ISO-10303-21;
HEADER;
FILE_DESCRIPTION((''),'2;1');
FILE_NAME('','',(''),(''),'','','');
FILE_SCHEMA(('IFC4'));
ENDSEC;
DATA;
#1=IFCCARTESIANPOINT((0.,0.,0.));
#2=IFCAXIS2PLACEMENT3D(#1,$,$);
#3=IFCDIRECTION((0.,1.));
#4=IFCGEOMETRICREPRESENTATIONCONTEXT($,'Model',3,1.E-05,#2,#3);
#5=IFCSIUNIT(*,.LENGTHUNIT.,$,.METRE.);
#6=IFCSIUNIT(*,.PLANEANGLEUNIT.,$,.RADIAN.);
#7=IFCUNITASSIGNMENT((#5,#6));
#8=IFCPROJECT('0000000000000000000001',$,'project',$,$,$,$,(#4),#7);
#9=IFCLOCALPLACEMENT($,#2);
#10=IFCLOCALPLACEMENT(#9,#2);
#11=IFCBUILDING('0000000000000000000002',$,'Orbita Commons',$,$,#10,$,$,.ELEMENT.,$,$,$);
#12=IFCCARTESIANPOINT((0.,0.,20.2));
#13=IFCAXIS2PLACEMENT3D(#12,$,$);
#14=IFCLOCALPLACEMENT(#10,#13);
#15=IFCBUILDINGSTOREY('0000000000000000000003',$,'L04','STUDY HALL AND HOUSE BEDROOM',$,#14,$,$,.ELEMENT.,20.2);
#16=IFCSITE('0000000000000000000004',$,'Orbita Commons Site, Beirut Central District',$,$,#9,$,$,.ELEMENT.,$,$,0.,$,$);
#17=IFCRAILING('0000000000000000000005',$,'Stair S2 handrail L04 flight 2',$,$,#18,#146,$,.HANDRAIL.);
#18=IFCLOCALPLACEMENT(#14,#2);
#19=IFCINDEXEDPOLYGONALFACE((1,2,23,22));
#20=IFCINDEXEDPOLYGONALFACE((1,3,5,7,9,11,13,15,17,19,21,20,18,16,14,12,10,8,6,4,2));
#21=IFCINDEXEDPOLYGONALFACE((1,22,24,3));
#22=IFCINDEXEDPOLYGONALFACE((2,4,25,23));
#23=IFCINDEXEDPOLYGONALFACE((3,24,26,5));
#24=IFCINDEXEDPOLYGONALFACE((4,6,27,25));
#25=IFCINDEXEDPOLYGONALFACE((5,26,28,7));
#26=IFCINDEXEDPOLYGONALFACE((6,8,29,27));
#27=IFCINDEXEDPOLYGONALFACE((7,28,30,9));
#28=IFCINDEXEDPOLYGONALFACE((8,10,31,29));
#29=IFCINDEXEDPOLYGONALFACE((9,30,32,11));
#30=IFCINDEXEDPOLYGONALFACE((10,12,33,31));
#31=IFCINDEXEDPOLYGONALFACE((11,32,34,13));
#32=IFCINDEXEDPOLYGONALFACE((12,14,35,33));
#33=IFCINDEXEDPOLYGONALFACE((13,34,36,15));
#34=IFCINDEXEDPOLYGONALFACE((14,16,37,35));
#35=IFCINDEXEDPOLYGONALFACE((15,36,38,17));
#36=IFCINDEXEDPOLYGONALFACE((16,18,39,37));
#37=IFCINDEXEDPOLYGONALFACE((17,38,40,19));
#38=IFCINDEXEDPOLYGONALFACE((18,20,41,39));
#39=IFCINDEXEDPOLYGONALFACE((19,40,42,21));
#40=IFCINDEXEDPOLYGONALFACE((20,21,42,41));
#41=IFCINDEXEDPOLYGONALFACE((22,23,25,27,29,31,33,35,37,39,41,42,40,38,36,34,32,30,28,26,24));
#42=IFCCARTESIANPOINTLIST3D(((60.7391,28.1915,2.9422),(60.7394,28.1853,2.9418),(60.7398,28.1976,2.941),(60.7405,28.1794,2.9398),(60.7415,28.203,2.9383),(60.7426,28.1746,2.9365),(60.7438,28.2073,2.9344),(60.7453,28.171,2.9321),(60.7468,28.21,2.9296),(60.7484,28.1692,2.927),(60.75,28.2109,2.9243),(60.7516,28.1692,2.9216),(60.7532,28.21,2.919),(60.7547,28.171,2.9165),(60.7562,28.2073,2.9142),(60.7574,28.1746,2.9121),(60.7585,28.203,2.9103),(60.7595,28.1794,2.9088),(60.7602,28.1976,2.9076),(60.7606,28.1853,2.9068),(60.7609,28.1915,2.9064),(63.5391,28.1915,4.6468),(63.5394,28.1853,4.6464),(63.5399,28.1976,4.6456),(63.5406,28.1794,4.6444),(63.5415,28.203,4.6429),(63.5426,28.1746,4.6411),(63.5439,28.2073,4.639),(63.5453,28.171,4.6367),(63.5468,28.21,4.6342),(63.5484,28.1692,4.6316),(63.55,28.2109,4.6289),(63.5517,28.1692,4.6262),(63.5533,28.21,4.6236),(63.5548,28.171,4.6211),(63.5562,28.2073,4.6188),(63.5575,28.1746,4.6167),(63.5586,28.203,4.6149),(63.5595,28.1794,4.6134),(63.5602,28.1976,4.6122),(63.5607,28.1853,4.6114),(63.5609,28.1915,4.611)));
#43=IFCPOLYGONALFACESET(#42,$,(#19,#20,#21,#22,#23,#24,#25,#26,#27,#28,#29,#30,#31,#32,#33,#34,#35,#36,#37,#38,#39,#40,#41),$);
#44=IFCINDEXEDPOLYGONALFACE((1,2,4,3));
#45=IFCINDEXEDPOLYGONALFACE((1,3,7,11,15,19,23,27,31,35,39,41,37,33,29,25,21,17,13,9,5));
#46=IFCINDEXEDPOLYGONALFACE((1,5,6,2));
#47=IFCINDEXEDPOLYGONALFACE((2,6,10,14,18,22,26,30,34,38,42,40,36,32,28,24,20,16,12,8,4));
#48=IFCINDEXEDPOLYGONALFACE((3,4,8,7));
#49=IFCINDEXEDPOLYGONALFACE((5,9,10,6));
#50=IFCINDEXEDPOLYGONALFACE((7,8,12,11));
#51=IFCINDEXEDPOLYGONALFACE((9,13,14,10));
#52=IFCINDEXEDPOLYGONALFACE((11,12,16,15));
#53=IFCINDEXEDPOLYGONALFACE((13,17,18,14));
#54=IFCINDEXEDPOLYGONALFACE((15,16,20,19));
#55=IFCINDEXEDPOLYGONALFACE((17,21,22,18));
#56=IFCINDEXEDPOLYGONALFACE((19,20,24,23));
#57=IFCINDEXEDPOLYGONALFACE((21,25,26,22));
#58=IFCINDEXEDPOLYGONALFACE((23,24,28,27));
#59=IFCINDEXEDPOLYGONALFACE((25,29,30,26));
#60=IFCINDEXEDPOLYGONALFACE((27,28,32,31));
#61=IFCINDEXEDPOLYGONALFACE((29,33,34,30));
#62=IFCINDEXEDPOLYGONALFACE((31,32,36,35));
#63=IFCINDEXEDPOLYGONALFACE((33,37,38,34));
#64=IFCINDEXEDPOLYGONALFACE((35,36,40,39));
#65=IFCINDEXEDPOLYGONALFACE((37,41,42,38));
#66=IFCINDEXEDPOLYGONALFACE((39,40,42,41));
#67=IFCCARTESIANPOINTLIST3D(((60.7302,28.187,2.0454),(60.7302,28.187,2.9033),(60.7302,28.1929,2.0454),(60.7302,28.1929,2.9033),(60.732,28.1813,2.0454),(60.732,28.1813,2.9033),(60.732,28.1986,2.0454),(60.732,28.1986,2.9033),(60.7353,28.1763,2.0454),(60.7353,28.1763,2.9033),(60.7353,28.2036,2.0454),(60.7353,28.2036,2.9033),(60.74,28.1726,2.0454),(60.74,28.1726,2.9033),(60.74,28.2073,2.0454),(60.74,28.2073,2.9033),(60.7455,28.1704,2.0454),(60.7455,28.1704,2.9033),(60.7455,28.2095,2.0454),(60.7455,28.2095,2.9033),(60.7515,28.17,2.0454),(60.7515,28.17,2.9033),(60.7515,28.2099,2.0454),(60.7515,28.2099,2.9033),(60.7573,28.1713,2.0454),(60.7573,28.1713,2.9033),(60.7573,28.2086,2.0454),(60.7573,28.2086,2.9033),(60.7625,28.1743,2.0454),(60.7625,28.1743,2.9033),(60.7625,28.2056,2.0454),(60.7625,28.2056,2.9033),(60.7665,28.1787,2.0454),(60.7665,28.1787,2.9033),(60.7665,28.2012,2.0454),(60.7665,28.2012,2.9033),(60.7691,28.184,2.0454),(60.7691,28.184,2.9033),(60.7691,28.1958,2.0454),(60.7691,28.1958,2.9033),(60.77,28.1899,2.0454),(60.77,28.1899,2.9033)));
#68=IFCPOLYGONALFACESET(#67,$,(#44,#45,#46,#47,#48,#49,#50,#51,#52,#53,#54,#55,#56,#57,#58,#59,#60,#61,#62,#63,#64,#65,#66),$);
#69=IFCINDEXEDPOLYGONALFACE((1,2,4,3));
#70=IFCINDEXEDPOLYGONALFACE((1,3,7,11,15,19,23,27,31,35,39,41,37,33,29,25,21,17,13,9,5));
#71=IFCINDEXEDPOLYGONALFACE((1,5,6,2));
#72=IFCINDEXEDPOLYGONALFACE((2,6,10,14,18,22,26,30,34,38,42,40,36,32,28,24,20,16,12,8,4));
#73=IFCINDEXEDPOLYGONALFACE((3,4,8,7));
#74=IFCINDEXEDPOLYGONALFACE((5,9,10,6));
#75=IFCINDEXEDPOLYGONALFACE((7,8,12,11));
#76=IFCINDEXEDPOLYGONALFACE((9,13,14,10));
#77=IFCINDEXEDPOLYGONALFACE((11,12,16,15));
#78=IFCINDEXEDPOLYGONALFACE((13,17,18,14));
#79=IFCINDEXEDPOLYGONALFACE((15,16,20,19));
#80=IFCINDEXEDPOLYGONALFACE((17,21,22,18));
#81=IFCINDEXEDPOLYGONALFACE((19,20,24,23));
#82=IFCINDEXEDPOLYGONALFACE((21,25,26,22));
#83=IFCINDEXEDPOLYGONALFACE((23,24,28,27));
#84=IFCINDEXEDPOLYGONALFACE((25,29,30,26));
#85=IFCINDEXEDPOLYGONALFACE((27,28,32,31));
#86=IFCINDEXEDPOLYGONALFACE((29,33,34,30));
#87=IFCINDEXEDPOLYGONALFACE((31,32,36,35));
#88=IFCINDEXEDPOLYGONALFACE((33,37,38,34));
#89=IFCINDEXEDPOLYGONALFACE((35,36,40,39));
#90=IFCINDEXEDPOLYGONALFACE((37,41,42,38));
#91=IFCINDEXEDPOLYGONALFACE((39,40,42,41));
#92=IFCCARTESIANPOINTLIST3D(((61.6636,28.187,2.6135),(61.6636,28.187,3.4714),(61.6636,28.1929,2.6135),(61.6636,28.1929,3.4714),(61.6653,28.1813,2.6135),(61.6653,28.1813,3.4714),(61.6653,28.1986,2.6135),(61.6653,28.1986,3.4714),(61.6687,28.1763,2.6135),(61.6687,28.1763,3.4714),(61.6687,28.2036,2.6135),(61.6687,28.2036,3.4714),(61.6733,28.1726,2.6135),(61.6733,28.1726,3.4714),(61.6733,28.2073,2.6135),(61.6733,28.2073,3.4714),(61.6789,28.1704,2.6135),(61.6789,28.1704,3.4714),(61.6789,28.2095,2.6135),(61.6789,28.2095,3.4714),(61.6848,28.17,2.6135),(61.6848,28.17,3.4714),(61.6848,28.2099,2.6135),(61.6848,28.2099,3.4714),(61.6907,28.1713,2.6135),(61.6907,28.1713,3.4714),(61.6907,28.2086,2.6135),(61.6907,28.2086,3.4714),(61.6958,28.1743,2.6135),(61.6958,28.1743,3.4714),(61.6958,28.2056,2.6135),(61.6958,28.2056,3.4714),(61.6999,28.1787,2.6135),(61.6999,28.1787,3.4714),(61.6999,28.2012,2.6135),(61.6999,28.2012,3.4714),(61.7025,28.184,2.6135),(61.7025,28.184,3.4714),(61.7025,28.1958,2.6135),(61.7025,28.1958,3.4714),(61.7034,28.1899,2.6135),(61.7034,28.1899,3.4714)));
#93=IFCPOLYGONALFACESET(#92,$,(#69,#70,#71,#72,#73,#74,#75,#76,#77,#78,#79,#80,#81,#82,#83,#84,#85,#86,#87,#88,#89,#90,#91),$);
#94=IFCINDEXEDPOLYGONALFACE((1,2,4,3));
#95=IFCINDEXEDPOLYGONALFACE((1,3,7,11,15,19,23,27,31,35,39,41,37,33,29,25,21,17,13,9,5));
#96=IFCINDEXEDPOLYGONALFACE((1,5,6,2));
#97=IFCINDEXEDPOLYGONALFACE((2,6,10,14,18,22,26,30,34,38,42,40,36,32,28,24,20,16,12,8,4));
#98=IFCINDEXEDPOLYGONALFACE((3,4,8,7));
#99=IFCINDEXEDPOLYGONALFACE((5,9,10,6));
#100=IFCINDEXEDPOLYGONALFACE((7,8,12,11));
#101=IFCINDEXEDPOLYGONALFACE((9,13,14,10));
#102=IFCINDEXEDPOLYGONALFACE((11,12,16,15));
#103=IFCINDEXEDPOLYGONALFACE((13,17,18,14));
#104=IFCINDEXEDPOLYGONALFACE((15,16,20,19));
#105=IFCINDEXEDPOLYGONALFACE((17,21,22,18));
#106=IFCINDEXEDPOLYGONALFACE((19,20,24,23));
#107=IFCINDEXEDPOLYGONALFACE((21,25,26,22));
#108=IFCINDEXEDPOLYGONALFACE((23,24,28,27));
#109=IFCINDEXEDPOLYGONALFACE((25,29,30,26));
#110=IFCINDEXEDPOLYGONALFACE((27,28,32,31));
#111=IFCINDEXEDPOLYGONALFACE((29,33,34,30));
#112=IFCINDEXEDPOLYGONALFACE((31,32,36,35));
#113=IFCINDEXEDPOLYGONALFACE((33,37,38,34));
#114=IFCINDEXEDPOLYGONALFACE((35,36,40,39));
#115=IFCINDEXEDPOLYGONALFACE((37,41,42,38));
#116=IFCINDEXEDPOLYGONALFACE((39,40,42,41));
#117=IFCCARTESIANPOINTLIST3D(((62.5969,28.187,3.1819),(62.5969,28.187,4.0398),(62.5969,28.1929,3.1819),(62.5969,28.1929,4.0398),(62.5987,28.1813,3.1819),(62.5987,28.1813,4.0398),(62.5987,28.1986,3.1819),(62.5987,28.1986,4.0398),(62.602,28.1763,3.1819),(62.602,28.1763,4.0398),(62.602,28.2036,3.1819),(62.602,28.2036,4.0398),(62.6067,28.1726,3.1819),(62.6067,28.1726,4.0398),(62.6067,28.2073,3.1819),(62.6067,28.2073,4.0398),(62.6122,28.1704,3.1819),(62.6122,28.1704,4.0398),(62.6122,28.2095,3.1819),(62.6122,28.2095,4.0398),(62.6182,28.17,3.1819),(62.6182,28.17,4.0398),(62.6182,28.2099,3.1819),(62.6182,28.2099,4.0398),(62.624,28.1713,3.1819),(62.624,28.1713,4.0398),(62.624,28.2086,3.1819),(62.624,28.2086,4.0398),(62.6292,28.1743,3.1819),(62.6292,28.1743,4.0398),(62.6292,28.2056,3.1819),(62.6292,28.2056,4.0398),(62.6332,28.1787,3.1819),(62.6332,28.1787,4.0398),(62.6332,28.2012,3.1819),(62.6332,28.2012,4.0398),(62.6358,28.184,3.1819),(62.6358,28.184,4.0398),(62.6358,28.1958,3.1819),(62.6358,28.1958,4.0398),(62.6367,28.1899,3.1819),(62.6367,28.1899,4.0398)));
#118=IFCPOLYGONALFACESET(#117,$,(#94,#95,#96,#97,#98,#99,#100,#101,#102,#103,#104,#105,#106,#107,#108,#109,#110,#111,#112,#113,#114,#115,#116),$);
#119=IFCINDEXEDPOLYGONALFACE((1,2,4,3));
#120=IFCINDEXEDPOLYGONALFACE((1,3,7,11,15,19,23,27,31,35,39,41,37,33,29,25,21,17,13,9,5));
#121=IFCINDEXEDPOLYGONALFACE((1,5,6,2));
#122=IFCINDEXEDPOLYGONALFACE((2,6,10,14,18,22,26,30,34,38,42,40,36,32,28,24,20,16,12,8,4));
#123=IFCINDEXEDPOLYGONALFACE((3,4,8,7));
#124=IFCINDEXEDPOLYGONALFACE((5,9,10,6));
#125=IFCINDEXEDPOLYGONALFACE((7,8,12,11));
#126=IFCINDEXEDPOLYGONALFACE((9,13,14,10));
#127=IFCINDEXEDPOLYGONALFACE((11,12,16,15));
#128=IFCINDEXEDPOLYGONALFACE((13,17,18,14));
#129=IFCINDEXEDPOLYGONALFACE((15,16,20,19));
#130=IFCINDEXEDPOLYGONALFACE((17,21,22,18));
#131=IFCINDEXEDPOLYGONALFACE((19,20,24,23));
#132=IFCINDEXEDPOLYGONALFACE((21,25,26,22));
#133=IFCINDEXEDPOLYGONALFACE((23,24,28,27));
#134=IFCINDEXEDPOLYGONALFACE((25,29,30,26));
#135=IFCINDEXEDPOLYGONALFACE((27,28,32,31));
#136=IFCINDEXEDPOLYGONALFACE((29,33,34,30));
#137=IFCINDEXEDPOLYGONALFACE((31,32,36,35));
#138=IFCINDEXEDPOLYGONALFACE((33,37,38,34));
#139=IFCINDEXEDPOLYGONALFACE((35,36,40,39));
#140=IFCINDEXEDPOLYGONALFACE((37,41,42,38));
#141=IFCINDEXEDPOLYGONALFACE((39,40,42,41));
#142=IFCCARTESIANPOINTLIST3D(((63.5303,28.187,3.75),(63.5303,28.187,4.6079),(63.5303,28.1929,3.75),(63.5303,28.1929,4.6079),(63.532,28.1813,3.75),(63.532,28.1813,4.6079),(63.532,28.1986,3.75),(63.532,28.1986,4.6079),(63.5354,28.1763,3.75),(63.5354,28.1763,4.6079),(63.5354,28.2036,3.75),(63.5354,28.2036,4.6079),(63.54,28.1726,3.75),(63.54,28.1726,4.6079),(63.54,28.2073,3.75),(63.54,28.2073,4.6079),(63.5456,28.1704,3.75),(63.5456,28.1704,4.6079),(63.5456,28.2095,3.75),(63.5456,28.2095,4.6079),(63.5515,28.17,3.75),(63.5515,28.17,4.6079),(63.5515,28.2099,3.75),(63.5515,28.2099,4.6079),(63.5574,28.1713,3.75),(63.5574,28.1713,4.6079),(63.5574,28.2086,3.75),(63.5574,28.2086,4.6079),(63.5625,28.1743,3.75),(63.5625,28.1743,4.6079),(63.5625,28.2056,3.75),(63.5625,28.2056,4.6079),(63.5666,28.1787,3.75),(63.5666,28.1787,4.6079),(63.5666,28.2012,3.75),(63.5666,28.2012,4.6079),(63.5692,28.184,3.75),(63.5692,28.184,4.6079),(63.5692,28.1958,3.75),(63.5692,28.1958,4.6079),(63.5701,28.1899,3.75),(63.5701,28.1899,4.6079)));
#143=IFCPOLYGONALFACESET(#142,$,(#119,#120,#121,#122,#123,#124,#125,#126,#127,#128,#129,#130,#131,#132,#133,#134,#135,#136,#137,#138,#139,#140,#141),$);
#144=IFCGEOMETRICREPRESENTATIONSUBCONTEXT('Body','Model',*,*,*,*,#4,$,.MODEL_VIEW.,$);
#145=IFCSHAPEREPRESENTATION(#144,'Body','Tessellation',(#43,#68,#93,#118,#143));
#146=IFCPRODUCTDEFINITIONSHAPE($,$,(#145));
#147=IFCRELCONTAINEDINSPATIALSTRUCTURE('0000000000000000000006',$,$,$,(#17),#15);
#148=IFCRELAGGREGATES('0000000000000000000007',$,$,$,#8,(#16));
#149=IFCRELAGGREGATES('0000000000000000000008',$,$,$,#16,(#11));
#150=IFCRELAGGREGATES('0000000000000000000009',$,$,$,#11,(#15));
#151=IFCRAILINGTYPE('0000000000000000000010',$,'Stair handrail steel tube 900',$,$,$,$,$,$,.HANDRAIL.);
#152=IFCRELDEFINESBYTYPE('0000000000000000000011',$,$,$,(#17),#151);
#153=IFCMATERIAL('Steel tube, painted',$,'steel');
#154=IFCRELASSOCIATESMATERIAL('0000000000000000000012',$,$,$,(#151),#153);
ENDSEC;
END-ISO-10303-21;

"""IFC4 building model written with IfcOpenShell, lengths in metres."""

from ifc_helpers import new_model, si_unit, direction, frame, origin, origin_2d, place, context, subcontext, project, spatial, circle, extrude, material, type_object, element, save


model = new_model("IFC4")

# Units and contexts
model_context = context("Model", 3, precision=1e-05, world=origin(), true_north=direction((0.0, 1.0)))
body_context = subcontext(model_context, "Body", "Model", "MODEL_VIEW")
ifc_project = project(units=[si_unit("LENGTHUNIT", "METRE"), si_unit("PLANEANGLEUNIT", "RADIAN")], contexts=[model_context])

# Site, building, storey
site_placement = place(None, origin())
site = spatial("IfcSite", under=ifc_project, at=site_placement, Name="Orbita Commons Site, Beirut Central District", CompositionType="ELEMENT", RefElevation=0.0)
building_placement = place(site_placement, origin())
building = spatial("IfcBuilding", under=site, at=building_placement, Name="Orbita Commons", CompositionType="ELEMENT")
storey_placement = place(building_placement, frame((0.0, 0.0, 20.2)))
storey = spatial("IfcBuildingStorey", under=building, at=storey_placement, Name="L04", Description="STUDY HALL AND HOUSE BEDROOM", CompositionType="ELEMENT", Elevation=20.2)

# Railing
ifc_material_1 = material(Name="Steel tube, painted", Category="steel")
railing_type = type_object("IfcRailingType", Name="Stair handrail steel tube 900", PredefinedType="HANDRAIL", material=ifc_material_1)
for number, where, name in (
    (1, (60.75, 28.1899, 2.0454), "Stair S2 handrail L04 flight 2"),
):
    element("IfcRailing", number, at=place(storey_placement, frame(where)), inside=storey, type_object=railing_type, Name=name, PredefinedType="HANDRAIL", context=body_context, shape_type="SweptSolid", body=[
        extrude(circle(Radius=0.021, at=origin_2d()), frame((0.0, 0.0, 0.8789), z_axis=(0.85417, 0.0, 0.519994), x_axis=(0.0, 1.0, 0.0)), (0.0, 0.0, 1.0), 3.2781),
        extrude(circle(Radius=0.02, at=origin_2d()), origin(), (0.0, 0.0, 1.0), 0.8579),
        extrude(circle(Radius=0.02, at=origin_2d()), frame((0.9333, 0.0, 0.5681)), (0.0, 0.0, 1.0), 0.8579),
        extrude(circle(Radius=0.02, at=origin_2d()), frame((1.8667, 0.0, 1.1365)), (0.0, 0.0, 1.0), 0.8579),
        extrude(circle(Radius=0.02, at=origin_2d()), frame((2.8, 0.0, 1.7046)), (0.0, 0.0, 1.0), 0.8579),
    ])

save(model, "model.ifc")
